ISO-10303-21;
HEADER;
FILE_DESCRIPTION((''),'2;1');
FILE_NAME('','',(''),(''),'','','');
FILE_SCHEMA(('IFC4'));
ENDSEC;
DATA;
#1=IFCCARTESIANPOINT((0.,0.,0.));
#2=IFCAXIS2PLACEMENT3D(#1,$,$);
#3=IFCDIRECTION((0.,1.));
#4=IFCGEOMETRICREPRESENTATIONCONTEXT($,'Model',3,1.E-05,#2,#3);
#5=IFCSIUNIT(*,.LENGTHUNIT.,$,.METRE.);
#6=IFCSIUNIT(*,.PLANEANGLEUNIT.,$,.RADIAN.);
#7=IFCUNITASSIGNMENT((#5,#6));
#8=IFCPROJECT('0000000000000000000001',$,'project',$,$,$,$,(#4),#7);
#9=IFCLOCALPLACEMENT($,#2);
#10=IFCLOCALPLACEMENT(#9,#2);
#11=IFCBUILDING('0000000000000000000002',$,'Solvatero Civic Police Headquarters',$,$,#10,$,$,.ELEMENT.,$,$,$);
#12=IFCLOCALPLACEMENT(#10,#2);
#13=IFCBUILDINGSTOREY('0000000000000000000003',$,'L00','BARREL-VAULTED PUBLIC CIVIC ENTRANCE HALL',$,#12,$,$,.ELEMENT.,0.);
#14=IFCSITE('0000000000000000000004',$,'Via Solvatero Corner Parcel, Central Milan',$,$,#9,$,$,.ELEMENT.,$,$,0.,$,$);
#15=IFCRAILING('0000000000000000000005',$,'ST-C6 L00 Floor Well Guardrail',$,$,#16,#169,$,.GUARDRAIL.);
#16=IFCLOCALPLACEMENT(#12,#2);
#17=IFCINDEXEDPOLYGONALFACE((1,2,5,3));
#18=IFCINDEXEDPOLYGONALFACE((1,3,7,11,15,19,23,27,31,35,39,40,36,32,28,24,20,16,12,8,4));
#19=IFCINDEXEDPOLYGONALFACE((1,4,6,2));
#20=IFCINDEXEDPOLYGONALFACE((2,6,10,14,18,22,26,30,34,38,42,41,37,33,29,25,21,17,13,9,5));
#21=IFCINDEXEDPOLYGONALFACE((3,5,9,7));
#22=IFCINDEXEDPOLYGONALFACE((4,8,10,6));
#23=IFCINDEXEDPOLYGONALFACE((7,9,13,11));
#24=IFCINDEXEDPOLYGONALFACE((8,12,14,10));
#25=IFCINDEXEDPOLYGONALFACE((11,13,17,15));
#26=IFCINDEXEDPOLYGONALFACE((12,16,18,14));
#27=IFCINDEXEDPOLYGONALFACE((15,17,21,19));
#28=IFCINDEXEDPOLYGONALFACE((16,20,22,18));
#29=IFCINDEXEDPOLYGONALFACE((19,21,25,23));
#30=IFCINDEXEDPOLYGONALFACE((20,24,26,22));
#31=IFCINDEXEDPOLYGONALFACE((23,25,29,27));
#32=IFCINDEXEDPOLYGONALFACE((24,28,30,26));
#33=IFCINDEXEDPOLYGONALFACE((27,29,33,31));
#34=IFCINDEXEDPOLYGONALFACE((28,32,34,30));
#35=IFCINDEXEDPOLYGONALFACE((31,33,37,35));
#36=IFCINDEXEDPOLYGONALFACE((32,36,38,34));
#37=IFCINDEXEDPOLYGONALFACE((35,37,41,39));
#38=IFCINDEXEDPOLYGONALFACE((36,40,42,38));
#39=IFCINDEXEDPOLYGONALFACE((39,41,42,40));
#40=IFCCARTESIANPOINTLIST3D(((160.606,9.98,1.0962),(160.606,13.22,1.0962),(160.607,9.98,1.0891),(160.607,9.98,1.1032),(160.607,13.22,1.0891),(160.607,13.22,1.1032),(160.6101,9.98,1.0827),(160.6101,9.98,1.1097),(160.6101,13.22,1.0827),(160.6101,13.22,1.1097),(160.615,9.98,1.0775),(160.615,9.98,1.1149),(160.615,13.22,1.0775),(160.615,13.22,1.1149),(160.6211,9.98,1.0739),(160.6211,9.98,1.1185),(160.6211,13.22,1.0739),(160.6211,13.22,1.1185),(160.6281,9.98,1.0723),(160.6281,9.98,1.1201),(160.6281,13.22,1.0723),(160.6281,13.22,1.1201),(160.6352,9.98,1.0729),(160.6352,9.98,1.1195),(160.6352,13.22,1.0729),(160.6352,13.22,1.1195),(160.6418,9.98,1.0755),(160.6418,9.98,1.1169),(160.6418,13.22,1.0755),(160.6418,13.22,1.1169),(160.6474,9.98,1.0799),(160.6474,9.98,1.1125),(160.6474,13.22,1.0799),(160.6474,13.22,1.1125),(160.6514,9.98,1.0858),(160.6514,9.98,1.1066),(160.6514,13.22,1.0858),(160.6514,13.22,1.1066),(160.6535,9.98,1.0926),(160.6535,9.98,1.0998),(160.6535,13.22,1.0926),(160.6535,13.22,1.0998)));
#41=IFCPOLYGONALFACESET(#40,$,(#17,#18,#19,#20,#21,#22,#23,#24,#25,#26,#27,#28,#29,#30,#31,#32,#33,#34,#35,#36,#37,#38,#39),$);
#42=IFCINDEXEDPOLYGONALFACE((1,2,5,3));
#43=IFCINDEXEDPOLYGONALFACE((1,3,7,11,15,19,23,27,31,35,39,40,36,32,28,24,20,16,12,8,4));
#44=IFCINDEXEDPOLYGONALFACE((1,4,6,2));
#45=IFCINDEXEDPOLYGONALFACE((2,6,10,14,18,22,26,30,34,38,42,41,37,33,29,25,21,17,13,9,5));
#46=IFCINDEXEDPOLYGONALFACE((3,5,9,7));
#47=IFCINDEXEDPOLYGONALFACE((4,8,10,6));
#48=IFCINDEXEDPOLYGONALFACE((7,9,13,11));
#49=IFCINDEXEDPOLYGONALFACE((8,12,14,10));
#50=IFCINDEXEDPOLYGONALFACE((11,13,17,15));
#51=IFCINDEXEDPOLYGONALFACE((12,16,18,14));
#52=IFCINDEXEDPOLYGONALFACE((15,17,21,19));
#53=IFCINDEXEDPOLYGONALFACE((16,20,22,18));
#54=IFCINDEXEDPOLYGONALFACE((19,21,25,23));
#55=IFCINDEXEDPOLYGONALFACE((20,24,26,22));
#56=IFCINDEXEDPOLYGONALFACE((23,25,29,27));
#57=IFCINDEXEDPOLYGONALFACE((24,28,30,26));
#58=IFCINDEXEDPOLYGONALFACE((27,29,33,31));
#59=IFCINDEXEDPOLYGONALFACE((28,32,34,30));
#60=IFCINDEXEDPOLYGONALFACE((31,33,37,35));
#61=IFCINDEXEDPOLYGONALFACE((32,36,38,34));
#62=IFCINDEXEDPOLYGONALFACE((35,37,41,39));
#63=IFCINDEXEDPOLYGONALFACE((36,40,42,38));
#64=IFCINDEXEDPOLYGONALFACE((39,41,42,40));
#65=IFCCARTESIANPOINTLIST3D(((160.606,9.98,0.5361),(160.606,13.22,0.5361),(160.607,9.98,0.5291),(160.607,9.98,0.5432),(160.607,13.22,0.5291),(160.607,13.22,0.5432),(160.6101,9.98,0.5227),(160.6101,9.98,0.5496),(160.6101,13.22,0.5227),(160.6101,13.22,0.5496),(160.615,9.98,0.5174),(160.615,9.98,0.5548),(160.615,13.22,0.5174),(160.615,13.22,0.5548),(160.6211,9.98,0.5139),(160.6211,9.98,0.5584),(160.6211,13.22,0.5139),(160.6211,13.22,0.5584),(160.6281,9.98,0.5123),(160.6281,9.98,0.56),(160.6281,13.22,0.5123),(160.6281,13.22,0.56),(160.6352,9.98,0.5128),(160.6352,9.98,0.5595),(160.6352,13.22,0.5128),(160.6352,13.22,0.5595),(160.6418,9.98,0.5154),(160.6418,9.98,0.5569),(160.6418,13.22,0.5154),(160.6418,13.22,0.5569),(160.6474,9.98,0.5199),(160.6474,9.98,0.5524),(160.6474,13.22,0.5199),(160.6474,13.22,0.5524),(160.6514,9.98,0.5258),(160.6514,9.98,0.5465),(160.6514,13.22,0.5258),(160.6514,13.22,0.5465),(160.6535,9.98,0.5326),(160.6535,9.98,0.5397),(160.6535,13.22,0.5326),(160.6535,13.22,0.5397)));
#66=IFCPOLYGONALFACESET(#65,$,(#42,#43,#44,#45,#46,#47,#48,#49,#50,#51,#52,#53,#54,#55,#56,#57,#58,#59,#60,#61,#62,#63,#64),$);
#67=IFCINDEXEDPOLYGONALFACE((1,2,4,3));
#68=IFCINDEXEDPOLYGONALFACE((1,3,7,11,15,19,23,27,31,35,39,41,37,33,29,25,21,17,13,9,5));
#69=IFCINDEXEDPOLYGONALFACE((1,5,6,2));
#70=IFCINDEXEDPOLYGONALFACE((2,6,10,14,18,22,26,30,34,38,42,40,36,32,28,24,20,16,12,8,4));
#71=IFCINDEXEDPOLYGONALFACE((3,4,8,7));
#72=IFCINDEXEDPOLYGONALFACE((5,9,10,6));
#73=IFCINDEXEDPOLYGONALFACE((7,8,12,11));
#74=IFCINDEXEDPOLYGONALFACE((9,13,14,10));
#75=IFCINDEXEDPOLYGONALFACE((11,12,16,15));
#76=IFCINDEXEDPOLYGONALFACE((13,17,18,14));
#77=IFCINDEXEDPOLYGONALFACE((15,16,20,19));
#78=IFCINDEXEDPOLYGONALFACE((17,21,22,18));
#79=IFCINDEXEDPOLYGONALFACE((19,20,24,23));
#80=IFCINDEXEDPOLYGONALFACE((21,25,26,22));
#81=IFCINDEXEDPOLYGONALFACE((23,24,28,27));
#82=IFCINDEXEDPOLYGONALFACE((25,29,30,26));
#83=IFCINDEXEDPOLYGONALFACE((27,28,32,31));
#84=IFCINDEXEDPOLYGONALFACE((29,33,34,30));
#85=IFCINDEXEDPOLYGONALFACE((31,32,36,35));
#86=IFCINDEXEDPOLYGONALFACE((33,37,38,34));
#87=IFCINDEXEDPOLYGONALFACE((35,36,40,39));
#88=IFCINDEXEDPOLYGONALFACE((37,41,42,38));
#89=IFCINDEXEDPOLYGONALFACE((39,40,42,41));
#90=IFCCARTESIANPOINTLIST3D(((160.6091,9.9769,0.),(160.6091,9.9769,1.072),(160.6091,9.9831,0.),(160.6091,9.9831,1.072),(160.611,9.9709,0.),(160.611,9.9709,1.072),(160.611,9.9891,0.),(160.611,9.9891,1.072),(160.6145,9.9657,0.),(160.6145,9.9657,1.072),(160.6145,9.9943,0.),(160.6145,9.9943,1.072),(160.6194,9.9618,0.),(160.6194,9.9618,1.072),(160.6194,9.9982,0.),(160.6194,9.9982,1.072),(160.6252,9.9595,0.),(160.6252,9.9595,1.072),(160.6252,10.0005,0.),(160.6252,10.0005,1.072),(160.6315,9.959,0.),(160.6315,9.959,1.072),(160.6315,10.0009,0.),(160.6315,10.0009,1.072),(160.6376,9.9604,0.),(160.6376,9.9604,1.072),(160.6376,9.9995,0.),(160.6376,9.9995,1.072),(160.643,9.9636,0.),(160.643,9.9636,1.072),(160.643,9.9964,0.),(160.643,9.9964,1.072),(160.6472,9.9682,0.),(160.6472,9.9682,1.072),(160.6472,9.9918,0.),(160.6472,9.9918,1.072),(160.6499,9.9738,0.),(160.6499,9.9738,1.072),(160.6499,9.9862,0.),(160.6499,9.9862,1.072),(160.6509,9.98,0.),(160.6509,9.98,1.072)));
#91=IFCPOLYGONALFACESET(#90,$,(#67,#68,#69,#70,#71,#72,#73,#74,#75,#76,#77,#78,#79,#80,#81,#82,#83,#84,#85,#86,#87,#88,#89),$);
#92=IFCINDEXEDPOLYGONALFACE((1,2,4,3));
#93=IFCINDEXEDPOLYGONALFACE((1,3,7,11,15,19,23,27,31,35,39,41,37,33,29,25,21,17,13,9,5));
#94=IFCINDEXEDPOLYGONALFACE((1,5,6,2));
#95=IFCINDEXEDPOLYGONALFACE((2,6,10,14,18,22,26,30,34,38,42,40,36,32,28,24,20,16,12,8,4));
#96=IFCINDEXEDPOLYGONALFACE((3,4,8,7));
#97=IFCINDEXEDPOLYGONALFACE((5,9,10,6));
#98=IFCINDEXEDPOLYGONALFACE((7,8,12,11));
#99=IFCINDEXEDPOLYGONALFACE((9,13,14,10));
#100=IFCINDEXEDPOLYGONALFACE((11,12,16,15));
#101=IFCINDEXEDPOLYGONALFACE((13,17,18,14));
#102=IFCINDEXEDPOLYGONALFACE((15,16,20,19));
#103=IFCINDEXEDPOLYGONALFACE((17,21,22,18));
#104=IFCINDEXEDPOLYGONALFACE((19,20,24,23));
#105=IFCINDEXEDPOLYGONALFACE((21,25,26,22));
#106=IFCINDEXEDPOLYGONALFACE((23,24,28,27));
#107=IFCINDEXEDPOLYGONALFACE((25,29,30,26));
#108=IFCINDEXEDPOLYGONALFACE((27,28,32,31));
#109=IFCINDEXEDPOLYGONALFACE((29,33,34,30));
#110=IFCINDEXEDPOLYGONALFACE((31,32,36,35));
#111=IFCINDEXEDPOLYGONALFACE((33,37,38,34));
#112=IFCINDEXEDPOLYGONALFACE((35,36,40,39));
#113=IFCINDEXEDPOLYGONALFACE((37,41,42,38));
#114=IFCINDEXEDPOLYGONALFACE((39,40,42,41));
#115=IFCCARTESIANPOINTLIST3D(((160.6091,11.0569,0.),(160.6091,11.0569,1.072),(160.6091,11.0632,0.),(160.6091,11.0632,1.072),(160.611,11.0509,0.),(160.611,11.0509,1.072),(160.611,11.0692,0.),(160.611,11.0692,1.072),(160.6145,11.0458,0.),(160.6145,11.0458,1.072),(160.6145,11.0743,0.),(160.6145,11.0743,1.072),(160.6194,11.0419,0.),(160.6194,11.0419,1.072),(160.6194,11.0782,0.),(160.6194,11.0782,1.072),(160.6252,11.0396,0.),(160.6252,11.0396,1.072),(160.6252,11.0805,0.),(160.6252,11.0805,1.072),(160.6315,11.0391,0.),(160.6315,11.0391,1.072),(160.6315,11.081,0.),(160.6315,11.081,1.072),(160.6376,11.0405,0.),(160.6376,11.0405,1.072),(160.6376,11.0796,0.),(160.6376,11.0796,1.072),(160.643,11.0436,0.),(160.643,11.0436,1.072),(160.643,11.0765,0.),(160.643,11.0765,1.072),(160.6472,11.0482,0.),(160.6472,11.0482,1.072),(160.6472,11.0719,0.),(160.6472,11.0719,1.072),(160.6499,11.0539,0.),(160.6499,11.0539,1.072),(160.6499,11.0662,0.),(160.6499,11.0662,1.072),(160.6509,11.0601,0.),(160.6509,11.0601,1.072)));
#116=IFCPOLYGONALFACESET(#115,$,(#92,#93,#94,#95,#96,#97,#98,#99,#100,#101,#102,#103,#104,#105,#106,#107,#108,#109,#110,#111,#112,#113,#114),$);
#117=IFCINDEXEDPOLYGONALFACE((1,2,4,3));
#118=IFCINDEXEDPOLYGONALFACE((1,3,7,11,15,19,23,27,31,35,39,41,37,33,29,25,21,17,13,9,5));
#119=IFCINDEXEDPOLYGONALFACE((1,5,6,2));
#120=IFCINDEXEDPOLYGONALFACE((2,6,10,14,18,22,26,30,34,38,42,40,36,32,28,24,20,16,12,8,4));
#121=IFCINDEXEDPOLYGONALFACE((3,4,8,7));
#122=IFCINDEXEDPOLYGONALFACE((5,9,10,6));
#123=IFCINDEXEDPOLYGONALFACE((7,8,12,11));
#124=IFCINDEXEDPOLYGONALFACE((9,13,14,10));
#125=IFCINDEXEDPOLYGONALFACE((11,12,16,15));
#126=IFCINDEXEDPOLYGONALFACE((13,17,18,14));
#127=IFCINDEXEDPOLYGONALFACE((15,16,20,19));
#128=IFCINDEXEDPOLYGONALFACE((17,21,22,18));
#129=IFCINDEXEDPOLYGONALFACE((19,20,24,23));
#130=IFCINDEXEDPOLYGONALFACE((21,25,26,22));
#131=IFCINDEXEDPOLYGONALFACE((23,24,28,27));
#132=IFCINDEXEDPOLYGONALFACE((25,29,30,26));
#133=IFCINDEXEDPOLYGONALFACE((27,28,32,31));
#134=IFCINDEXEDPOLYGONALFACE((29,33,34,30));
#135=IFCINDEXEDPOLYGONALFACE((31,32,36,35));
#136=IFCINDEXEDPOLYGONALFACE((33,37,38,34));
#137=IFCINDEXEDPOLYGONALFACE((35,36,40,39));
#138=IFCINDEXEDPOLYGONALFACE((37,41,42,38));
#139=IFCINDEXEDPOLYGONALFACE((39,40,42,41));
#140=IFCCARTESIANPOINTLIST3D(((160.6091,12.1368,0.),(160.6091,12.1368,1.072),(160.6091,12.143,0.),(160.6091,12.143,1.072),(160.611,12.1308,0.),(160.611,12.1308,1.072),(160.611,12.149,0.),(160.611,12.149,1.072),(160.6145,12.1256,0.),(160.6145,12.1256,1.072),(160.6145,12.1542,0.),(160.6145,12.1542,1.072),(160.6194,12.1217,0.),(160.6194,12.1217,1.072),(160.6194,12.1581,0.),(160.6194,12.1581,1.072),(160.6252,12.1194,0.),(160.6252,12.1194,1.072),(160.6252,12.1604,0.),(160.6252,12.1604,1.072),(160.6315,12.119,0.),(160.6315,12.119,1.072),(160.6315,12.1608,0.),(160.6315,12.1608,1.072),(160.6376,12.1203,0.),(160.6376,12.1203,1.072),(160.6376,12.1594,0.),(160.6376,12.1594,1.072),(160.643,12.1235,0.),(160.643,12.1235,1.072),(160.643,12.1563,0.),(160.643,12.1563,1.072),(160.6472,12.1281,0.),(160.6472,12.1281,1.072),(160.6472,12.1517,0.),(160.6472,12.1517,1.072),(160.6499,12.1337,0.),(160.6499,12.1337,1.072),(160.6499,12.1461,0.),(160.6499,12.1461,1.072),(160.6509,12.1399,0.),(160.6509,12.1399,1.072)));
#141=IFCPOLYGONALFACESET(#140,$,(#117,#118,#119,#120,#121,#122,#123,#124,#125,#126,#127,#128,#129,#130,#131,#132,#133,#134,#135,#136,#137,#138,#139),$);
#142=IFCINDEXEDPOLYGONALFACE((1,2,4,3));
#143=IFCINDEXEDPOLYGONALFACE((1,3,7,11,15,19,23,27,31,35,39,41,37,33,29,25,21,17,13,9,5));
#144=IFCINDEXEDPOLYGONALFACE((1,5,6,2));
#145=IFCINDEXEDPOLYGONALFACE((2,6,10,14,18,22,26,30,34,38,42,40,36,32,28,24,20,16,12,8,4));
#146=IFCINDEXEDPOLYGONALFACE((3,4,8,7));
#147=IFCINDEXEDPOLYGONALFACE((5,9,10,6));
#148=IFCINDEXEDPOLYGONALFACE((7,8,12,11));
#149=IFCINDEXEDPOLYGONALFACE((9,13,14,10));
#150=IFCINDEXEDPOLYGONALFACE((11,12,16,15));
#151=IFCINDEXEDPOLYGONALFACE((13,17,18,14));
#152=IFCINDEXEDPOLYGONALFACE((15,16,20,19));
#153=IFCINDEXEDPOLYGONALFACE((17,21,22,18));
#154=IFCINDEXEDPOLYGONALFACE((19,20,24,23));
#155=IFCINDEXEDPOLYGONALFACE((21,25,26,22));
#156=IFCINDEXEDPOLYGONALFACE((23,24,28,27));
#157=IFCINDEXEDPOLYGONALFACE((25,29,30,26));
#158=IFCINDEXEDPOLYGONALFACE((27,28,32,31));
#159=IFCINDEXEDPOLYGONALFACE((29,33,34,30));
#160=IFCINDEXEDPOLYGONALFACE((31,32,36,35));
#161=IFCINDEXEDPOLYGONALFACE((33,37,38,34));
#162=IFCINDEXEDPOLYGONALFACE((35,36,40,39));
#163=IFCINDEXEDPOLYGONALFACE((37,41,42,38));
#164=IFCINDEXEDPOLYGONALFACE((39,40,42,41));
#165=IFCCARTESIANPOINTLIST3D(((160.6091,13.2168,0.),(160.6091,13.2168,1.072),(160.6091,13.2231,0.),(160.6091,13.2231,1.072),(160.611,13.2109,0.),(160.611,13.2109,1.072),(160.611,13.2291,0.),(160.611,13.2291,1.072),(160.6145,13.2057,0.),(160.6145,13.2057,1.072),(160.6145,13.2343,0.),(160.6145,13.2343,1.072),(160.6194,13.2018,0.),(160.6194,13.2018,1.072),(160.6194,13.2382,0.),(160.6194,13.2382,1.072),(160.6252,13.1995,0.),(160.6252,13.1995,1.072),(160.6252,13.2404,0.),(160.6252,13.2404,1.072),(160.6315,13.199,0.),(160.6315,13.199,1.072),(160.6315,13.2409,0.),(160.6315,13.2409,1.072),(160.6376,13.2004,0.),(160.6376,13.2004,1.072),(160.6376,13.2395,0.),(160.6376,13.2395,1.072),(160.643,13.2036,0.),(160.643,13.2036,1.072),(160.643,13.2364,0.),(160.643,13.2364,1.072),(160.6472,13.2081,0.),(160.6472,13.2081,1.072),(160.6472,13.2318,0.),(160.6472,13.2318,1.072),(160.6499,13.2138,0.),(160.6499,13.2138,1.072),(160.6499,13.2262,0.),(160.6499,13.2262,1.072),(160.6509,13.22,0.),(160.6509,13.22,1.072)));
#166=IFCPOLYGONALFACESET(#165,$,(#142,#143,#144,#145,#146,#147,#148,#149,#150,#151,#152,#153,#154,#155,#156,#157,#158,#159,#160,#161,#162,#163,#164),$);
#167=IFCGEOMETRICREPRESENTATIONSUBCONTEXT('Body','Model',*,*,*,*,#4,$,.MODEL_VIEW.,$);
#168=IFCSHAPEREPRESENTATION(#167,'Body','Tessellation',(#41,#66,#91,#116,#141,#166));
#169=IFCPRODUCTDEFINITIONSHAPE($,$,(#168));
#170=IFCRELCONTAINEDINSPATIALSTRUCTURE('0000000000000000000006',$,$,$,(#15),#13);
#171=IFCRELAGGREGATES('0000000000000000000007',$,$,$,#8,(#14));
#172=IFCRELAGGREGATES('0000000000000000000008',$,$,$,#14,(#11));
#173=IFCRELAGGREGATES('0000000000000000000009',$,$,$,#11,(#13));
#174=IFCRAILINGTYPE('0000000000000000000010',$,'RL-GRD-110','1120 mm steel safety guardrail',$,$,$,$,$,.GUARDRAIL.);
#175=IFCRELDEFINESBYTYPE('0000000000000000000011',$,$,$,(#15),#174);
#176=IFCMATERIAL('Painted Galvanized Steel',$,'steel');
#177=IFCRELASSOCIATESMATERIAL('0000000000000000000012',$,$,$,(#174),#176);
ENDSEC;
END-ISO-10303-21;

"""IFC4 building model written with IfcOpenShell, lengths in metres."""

from ifc_helpers import new_model, si_unit, direction, frame, origin, origin_2d, place, context, subcontext, project, spatial, circle, extrude, material, type_object, element, save


model = new_model("IFC4")

# Units and contexts
model_context = context("Model", 3, precision=1e-05, world=origin(), true_north=direction((0.0, 1.0)))
body_context = subcontext(model_context, "Body", "Model", "MODEL_VIEW")
ifc_project = project(units=[si_unit("LENGTHUNIT", "METRE"), si_unit("PLANEANGLEUNIT", "RADIAN")], contexts=[model_context])

# Site, building, storey
site_placement = place(None, origin())
site = spatial("IfcSite", under=ifc_project, at=site_placement, Name="Via Solvatero Corner Parcel, Central Milan", CompositionType="ELEMENT", RefElevation=0.0)
building_placement = place(site_placement, origin())
building = spatial("IfcBuilding", under=site, at=building_placement, Name="Solvatero Civic Police Headquarters", CompositionType="ELEMENT")
storey_placement = place(building_placement, origin())
storey = spatial("IfcBuildingStorey", under=building, at=storey_placement, Name="L00", Description="BARREL-VAULTED PUBLIC CIVIC ENTRANCE HALL", CompositionType="ELEMENT", Elevation=0.0)

# Railing
ifc_material_1 = material(Name="Painted Galvanized Steel", Category="steel")
railing_type_1 = type_object("IfcRailingType", Name="RL-GRD-110", Description="1120 mm steel safety guardrail", PredefinedType="GUARDRAIL", material=ifc_material_1)
railing_1_placement = place(storey_placement, frame((160.6299, 9.98, 0.0)))
element("IfcRailing", 1, at=railing_1_placement, inside=storey, type_object=railing_type_1, Name="ST-C6 L00 Floor Well Guardrail", PredefinedType="GUARDRAIL", context=body_context, shape_type="SweptSolid", body=[
    extrude(circle(Radius=0.0239, at=origin_2d()), frame((0.0, 0.0, 1.0962), z_axis=(0.0, 1.0, 0.0), x_axis=(-1.0, 0.0, 0.0)), (0.0, 0.0, 1.0), 3.24),
    extrude(circle(Radius=0.0239, at=origin_2d()), frame((0.0, 0.0, 0.5361), z_axis=(0.0, 1.0, 0.0), x_axis=(-1.0, 0.0, 0.0)), (0.0, 0.0, 1.0), 3.24),
    extrude(circle(Radius=0.021, at=origin_2d()), origin(), (0.0, 0.0, 1.0), 1.072),
    extrude(circle(Radius=0.021, at=origin_2d()), frame((0.0, 1.0801, 0.0)), (0.0, 0.0, 1.0), 1.072),
    extrude(circle(Radius=0.021, at=origin_2d()), frame((0.0, 2.1599, 0.0)), (0.0, 0.0, 1.0), 1.072),
    extrude(circle(Radius=0.021, at=origin_2d()), frame((0.0, 3.24, 0.0)), (0.0, 0.0, 1.0), 1.072),
])

save(model, "model.ifc")
